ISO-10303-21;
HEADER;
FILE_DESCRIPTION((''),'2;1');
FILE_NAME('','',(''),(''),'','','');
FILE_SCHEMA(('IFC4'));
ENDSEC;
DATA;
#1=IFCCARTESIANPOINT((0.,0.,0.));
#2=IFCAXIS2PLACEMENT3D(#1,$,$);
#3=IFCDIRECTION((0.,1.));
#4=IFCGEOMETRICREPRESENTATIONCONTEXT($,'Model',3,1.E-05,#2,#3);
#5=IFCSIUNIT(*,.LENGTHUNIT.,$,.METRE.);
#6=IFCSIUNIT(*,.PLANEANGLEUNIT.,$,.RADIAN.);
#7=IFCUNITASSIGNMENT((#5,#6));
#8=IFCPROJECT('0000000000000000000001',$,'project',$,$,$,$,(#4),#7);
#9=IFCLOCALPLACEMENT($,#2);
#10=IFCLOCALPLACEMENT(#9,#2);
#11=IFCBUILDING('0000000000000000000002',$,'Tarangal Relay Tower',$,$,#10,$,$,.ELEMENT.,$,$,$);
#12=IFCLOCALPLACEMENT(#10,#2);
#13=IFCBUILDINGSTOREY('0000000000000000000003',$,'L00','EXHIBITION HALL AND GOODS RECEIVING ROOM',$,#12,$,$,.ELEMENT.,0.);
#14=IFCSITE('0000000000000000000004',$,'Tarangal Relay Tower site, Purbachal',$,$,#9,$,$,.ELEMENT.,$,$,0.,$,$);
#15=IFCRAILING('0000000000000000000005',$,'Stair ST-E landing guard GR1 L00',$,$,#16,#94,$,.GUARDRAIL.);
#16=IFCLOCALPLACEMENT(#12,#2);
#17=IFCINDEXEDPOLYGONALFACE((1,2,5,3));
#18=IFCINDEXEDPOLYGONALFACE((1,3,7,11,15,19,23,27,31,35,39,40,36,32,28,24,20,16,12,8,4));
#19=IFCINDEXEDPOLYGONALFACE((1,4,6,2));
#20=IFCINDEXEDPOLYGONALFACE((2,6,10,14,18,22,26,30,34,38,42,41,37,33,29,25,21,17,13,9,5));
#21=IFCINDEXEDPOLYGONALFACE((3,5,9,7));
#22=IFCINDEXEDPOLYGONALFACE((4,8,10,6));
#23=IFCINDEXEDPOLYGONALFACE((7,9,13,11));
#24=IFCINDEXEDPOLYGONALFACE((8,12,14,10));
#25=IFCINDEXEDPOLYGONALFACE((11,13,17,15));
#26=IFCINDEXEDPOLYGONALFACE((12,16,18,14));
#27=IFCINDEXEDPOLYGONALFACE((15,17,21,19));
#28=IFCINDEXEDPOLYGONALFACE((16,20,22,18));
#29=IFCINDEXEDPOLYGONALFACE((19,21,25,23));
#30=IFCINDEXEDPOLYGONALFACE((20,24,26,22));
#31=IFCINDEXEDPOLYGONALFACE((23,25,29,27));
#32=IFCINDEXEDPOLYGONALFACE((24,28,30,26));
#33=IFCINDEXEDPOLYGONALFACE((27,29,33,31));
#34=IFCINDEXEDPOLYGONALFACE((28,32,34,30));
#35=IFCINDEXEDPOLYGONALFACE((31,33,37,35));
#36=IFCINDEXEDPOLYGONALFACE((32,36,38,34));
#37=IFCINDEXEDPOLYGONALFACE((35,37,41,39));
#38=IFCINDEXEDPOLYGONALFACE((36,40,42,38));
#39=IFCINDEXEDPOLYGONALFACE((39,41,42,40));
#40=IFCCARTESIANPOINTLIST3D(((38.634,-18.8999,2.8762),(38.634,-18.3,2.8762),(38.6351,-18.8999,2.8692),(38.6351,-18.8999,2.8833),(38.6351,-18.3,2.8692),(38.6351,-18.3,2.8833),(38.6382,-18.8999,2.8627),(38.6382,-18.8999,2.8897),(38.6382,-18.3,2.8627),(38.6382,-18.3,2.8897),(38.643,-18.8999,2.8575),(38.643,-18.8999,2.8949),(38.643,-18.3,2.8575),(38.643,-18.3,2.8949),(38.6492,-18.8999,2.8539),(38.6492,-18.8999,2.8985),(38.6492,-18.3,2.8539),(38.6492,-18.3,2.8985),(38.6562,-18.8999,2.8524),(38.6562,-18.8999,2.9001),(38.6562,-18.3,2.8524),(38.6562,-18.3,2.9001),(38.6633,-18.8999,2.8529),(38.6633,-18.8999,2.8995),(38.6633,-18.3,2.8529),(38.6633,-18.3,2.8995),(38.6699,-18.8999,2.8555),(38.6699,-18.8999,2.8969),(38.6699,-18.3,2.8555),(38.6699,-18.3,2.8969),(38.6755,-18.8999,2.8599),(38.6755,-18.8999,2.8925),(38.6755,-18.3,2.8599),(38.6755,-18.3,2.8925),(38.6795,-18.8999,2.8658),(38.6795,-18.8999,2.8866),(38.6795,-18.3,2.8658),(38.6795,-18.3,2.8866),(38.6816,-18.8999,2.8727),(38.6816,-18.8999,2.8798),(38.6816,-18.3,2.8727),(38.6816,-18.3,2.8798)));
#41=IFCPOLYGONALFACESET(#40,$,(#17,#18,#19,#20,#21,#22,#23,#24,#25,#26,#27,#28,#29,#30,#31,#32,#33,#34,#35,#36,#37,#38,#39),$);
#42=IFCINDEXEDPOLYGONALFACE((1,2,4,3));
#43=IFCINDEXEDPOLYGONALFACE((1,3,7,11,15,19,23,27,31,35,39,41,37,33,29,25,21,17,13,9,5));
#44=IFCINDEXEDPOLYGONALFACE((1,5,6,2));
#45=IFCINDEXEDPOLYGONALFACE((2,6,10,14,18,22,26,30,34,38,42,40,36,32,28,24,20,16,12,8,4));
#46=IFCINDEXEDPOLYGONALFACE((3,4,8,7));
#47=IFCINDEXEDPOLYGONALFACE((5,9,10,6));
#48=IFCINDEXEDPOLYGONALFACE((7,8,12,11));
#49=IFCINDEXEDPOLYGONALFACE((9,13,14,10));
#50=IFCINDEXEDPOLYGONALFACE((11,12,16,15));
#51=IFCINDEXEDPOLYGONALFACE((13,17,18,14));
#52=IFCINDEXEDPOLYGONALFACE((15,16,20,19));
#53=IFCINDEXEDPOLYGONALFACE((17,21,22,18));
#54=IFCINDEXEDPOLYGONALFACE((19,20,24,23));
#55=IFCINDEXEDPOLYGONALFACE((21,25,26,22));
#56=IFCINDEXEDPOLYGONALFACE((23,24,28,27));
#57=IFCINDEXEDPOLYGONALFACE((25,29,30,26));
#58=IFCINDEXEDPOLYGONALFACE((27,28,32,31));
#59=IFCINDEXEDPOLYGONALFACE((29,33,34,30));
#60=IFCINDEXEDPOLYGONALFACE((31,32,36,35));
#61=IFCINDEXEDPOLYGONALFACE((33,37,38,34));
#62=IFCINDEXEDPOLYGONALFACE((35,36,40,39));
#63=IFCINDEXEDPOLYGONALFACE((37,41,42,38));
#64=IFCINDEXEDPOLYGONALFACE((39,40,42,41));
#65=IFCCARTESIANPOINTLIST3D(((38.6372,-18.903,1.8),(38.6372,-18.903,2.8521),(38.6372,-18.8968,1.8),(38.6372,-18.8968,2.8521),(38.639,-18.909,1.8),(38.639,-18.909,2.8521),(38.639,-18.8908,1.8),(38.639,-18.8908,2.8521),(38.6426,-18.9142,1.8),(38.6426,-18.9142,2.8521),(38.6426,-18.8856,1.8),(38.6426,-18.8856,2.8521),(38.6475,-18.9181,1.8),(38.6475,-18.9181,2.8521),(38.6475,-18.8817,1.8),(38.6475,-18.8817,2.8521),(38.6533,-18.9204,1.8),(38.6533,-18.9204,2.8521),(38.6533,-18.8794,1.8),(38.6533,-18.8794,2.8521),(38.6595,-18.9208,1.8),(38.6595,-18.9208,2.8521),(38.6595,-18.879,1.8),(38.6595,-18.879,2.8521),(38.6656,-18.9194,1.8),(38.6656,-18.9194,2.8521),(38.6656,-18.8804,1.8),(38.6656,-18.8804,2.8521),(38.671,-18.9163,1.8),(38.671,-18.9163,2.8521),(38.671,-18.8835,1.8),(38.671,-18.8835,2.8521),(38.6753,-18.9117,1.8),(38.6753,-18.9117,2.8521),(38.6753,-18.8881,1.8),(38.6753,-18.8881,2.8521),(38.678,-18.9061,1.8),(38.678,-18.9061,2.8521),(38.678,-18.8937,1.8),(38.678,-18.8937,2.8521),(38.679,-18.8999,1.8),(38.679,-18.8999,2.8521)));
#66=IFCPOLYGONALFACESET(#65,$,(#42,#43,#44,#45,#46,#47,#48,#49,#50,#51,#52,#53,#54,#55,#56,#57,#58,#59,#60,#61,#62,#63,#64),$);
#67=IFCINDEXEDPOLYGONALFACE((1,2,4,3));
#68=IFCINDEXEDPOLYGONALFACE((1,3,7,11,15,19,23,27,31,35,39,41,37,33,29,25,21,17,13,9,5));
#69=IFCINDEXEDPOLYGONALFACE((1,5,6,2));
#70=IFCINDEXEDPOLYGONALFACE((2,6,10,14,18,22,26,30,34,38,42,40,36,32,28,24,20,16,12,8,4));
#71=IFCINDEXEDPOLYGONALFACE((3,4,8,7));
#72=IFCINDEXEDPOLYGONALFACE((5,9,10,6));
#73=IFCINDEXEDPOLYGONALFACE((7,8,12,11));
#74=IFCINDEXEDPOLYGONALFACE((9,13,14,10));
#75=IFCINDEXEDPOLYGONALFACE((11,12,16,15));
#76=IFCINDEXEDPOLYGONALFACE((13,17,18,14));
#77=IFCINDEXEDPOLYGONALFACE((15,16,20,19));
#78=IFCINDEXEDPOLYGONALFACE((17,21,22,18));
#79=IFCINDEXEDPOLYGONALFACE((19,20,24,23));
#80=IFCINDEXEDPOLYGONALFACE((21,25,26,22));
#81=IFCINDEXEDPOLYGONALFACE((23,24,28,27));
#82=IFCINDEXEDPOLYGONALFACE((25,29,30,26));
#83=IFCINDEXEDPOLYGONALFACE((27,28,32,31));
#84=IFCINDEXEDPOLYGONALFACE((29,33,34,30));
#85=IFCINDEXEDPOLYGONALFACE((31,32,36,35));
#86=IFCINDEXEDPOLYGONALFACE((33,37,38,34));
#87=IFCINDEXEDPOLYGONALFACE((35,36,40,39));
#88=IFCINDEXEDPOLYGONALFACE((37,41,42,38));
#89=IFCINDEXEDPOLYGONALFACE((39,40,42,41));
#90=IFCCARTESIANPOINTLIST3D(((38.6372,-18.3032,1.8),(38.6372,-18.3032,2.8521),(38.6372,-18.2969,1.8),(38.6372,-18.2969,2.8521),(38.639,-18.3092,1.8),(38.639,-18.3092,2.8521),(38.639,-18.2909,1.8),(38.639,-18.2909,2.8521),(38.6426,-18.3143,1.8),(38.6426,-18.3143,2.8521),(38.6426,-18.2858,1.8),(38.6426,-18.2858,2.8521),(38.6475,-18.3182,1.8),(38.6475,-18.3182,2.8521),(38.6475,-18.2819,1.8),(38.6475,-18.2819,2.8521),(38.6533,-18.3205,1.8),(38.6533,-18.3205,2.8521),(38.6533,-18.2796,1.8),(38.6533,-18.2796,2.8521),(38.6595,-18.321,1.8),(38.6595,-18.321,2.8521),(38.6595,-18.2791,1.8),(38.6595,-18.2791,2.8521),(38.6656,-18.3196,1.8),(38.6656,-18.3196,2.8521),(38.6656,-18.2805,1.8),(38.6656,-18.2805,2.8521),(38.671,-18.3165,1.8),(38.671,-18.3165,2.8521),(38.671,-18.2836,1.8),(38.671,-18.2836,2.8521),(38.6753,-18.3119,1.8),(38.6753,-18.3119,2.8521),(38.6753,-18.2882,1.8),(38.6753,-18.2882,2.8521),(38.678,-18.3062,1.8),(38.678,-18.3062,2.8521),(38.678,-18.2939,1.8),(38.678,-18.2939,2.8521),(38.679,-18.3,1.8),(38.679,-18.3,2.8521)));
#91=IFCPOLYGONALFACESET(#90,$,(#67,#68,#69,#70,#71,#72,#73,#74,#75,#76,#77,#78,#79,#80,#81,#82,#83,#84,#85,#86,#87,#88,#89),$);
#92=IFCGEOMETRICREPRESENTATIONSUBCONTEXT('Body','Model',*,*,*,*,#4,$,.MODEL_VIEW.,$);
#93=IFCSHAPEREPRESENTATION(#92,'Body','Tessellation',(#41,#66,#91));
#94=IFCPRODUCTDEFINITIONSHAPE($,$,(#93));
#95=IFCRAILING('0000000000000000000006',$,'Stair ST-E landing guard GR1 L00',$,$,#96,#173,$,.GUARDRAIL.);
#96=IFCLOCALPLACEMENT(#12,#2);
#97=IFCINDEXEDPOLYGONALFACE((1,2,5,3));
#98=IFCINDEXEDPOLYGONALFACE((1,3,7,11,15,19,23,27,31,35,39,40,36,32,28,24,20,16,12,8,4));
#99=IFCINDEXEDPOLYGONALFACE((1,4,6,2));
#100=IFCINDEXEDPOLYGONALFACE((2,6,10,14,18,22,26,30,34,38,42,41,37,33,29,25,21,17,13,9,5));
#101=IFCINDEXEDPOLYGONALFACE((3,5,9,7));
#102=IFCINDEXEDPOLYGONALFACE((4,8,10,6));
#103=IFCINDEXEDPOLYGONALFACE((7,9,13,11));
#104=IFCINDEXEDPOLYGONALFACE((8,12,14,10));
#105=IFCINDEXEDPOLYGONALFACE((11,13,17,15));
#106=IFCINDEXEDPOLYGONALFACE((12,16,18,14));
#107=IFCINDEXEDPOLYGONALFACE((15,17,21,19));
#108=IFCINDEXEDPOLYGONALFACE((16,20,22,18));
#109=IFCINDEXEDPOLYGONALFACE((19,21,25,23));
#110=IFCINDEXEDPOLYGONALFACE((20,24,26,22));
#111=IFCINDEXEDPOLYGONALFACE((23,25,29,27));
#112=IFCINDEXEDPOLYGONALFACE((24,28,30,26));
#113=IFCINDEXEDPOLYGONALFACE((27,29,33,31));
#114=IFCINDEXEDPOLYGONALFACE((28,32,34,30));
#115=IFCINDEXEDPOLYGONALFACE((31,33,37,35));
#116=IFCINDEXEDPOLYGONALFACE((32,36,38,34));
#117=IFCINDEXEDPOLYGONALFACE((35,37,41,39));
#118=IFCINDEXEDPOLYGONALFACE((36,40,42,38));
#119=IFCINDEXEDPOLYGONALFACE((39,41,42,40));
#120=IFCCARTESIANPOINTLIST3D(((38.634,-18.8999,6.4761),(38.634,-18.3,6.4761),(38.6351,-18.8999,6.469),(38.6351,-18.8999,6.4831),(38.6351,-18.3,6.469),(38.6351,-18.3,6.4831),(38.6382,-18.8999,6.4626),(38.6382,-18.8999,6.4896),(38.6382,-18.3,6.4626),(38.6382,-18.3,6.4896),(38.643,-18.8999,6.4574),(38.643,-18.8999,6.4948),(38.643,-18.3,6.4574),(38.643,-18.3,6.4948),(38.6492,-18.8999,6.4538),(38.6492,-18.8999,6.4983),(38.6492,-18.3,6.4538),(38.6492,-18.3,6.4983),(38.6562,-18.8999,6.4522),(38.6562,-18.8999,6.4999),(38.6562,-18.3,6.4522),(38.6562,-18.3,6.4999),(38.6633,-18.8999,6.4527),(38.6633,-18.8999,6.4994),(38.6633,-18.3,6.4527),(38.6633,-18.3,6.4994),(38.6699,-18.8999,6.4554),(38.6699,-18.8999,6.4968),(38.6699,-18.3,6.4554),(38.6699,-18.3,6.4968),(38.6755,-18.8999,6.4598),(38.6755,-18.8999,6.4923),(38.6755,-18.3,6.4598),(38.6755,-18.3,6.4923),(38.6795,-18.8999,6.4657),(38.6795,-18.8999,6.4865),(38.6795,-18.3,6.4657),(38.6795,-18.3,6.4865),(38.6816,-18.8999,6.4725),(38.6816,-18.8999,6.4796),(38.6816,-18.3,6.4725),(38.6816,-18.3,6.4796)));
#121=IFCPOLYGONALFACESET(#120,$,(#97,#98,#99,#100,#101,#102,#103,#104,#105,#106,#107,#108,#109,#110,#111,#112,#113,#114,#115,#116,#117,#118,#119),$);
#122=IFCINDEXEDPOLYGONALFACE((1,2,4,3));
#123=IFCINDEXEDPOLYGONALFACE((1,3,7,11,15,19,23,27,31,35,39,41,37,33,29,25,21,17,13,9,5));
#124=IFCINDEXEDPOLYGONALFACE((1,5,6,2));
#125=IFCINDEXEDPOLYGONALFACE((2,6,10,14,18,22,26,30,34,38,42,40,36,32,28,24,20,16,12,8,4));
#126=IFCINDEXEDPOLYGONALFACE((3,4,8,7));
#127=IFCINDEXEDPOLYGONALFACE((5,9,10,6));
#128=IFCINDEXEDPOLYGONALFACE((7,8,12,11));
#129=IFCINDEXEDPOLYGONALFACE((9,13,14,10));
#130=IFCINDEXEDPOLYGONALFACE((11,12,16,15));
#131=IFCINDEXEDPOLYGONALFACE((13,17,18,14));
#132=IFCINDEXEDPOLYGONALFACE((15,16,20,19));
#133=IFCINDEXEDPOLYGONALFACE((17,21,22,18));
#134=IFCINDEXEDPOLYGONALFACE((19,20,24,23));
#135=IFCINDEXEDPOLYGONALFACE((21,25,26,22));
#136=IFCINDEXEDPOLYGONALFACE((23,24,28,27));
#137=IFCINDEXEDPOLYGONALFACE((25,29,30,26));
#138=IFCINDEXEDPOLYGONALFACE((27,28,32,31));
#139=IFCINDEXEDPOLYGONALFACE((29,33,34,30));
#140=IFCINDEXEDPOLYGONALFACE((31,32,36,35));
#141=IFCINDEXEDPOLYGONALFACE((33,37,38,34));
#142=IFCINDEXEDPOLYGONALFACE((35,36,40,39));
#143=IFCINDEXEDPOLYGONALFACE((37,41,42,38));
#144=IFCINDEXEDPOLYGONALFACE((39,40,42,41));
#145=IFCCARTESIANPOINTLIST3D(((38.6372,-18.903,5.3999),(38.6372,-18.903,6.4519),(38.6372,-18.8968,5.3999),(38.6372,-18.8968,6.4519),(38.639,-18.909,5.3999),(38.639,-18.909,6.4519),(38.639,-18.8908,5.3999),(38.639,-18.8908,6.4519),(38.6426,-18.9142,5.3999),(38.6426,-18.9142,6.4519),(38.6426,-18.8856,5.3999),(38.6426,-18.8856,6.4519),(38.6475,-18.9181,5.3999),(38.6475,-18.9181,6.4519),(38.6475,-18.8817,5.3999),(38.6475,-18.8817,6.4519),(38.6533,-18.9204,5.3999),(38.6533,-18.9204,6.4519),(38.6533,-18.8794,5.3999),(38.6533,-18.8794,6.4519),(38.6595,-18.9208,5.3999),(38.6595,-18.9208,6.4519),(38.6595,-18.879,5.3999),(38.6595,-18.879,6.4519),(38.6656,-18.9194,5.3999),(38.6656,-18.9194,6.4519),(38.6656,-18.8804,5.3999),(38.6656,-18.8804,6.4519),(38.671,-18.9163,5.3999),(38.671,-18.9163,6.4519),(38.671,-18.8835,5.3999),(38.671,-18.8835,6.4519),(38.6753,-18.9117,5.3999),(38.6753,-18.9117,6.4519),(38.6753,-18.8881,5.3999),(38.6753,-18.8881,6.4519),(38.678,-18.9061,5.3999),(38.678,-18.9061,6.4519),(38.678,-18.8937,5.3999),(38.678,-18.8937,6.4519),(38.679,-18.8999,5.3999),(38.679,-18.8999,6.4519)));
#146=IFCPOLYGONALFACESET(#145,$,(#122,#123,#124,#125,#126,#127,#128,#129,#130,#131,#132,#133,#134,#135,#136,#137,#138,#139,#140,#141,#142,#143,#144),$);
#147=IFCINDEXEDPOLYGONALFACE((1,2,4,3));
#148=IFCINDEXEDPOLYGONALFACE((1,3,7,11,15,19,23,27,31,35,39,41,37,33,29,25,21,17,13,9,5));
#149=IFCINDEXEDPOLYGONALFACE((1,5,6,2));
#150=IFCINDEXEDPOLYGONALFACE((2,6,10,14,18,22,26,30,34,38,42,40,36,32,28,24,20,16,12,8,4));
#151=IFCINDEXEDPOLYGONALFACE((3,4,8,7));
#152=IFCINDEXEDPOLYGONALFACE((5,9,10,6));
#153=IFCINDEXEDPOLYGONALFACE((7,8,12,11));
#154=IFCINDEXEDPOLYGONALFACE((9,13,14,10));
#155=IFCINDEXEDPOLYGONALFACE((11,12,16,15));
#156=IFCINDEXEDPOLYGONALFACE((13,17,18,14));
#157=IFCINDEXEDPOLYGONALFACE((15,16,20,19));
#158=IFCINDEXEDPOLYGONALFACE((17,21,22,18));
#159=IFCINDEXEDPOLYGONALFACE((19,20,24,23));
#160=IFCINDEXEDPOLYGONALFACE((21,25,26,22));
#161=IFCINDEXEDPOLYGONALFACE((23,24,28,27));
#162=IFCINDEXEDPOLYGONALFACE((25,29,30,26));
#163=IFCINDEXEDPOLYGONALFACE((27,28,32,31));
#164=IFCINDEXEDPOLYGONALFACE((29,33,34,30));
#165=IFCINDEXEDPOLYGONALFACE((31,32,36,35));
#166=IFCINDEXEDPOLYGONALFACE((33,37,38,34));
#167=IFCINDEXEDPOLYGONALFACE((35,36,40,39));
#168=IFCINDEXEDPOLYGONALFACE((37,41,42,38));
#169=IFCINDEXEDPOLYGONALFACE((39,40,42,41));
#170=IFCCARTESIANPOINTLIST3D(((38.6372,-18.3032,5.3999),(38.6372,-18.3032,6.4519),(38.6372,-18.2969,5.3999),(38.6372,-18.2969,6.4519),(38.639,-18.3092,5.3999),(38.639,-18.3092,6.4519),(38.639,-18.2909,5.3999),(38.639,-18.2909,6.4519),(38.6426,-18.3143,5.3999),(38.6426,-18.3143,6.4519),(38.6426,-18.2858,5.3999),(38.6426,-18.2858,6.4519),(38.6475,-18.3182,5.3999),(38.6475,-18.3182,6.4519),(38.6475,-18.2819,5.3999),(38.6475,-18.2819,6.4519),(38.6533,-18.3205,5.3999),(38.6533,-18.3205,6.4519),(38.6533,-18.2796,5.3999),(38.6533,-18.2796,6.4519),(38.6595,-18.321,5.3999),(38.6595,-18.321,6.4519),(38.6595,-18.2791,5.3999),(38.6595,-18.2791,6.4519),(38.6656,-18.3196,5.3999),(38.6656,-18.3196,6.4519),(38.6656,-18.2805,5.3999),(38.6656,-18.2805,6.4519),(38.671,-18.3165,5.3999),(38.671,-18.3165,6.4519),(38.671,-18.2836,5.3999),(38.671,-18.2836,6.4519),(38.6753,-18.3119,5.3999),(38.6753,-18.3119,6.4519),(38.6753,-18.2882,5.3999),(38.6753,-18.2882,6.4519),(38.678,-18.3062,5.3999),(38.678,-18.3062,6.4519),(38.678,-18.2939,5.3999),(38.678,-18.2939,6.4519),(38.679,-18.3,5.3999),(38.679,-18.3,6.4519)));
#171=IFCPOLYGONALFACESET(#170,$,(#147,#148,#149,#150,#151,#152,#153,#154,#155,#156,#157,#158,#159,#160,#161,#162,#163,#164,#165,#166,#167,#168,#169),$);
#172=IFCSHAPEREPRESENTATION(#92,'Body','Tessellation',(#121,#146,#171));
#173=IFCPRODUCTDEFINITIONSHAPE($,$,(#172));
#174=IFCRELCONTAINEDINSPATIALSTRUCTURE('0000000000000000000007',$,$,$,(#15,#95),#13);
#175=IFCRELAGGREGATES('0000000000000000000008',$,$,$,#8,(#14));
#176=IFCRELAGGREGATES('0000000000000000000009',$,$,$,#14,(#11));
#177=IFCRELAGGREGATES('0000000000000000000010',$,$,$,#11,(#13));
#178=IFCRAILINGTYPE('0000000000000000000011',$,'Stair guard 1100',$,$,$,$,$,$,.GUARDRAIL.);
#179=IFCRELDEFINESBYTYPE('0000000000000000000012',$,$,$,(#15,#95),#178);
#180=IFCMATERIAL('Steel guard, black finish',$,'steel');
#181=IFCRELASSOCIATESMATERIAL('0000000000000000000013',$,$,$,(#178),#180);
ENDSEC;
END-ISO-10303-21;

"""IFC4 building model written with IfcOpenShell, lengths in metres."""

from ifc_helpers import new_model, si_unit, direction, frame, origin, origin_2d, place, context, subcontext, project, spatial, circle, extrude, material, type_object, element, save


model = new_model("IFC4")

# Units and contexts
model_context = context("Model", 3, precision=1e-05, world=origin(), true_north=direction((0.0, 1.0)))
body_context = subcontext(model_context, "Body", "Model", "MODEL_VIEW")
ifc_project = project(units=[si_unit("LENGTHUNIT", "METRE"), si_unit("PLANEANGLEUNIT", "RADIAN")], contexts=[model_context])

# Site, building, storey
site_placement = place(None, origin())
site = spatial("IfcSite", under=ifc_project, at=site_placement, Name="Tarangal Relay Tower site, Purbachal", CompositionType="ELEMENT", RefElevation=0.0)
building_placement = place(site_placement, origin())
building = spatial("IfcBuilding", under=site, at=building_placement, Name="Tarangal Relay Tower", CompositionType="ELEMENT")
storey_placement = place(building_placement, origin())
storey = spatial("IfcBuildingStorey", under=building, at=storey_placement, Name="L00", Description="EXHIBITION HALL AND GOODS RECEIVING ROOM", CompositionType="ELEMENT", Elevation=0.0)

# Railings
ifc_material_1 = material(Name="Steel guard, black finish", Category="steel")
railing_type = type_object("IfcRailingType", Name="Stair guard 1100", PredefinedType="GUARDRAIL", material=ifc_material_1)
for number, where, name in (
    (1, (38.658, -18.8999, 1.8), "Stair ST-E landing guard GR1 L00"),
    (2, (38.658, -18.8999, 5.3999), "Stair ST-E landing guard GR1 L00"),
):
    element("IfcRailing", number, at=place(storey_placement, frame(where)), inside=storey, type_object=railing_type, Name=name, PredefinedType="GUARDRAIL", context=body_context, shape_type="SweptSolid", body=[
        extrude(circle(Radius=0.0239, at=origin_2d()), frame((0.0, 0.0, 1.0762), z_axis=(0.0, 1.0, 0.0), x_axis=(-1.0, 0.0, 0.0)), (0.0, 0.0, 1.0), 0.5999),
        extrude(circle(Radius=0.021, at=origin_2d()), origin(), (0.0, 0.0, 1.0), 1.052),
        extrude(circle(Radius=0.021, at=origin_2d()), frame((0.0, 0.5999, 0.0)), (0.0, 0.0, 1.0), 1.052),
    ])

save(model, "model.ifc")
